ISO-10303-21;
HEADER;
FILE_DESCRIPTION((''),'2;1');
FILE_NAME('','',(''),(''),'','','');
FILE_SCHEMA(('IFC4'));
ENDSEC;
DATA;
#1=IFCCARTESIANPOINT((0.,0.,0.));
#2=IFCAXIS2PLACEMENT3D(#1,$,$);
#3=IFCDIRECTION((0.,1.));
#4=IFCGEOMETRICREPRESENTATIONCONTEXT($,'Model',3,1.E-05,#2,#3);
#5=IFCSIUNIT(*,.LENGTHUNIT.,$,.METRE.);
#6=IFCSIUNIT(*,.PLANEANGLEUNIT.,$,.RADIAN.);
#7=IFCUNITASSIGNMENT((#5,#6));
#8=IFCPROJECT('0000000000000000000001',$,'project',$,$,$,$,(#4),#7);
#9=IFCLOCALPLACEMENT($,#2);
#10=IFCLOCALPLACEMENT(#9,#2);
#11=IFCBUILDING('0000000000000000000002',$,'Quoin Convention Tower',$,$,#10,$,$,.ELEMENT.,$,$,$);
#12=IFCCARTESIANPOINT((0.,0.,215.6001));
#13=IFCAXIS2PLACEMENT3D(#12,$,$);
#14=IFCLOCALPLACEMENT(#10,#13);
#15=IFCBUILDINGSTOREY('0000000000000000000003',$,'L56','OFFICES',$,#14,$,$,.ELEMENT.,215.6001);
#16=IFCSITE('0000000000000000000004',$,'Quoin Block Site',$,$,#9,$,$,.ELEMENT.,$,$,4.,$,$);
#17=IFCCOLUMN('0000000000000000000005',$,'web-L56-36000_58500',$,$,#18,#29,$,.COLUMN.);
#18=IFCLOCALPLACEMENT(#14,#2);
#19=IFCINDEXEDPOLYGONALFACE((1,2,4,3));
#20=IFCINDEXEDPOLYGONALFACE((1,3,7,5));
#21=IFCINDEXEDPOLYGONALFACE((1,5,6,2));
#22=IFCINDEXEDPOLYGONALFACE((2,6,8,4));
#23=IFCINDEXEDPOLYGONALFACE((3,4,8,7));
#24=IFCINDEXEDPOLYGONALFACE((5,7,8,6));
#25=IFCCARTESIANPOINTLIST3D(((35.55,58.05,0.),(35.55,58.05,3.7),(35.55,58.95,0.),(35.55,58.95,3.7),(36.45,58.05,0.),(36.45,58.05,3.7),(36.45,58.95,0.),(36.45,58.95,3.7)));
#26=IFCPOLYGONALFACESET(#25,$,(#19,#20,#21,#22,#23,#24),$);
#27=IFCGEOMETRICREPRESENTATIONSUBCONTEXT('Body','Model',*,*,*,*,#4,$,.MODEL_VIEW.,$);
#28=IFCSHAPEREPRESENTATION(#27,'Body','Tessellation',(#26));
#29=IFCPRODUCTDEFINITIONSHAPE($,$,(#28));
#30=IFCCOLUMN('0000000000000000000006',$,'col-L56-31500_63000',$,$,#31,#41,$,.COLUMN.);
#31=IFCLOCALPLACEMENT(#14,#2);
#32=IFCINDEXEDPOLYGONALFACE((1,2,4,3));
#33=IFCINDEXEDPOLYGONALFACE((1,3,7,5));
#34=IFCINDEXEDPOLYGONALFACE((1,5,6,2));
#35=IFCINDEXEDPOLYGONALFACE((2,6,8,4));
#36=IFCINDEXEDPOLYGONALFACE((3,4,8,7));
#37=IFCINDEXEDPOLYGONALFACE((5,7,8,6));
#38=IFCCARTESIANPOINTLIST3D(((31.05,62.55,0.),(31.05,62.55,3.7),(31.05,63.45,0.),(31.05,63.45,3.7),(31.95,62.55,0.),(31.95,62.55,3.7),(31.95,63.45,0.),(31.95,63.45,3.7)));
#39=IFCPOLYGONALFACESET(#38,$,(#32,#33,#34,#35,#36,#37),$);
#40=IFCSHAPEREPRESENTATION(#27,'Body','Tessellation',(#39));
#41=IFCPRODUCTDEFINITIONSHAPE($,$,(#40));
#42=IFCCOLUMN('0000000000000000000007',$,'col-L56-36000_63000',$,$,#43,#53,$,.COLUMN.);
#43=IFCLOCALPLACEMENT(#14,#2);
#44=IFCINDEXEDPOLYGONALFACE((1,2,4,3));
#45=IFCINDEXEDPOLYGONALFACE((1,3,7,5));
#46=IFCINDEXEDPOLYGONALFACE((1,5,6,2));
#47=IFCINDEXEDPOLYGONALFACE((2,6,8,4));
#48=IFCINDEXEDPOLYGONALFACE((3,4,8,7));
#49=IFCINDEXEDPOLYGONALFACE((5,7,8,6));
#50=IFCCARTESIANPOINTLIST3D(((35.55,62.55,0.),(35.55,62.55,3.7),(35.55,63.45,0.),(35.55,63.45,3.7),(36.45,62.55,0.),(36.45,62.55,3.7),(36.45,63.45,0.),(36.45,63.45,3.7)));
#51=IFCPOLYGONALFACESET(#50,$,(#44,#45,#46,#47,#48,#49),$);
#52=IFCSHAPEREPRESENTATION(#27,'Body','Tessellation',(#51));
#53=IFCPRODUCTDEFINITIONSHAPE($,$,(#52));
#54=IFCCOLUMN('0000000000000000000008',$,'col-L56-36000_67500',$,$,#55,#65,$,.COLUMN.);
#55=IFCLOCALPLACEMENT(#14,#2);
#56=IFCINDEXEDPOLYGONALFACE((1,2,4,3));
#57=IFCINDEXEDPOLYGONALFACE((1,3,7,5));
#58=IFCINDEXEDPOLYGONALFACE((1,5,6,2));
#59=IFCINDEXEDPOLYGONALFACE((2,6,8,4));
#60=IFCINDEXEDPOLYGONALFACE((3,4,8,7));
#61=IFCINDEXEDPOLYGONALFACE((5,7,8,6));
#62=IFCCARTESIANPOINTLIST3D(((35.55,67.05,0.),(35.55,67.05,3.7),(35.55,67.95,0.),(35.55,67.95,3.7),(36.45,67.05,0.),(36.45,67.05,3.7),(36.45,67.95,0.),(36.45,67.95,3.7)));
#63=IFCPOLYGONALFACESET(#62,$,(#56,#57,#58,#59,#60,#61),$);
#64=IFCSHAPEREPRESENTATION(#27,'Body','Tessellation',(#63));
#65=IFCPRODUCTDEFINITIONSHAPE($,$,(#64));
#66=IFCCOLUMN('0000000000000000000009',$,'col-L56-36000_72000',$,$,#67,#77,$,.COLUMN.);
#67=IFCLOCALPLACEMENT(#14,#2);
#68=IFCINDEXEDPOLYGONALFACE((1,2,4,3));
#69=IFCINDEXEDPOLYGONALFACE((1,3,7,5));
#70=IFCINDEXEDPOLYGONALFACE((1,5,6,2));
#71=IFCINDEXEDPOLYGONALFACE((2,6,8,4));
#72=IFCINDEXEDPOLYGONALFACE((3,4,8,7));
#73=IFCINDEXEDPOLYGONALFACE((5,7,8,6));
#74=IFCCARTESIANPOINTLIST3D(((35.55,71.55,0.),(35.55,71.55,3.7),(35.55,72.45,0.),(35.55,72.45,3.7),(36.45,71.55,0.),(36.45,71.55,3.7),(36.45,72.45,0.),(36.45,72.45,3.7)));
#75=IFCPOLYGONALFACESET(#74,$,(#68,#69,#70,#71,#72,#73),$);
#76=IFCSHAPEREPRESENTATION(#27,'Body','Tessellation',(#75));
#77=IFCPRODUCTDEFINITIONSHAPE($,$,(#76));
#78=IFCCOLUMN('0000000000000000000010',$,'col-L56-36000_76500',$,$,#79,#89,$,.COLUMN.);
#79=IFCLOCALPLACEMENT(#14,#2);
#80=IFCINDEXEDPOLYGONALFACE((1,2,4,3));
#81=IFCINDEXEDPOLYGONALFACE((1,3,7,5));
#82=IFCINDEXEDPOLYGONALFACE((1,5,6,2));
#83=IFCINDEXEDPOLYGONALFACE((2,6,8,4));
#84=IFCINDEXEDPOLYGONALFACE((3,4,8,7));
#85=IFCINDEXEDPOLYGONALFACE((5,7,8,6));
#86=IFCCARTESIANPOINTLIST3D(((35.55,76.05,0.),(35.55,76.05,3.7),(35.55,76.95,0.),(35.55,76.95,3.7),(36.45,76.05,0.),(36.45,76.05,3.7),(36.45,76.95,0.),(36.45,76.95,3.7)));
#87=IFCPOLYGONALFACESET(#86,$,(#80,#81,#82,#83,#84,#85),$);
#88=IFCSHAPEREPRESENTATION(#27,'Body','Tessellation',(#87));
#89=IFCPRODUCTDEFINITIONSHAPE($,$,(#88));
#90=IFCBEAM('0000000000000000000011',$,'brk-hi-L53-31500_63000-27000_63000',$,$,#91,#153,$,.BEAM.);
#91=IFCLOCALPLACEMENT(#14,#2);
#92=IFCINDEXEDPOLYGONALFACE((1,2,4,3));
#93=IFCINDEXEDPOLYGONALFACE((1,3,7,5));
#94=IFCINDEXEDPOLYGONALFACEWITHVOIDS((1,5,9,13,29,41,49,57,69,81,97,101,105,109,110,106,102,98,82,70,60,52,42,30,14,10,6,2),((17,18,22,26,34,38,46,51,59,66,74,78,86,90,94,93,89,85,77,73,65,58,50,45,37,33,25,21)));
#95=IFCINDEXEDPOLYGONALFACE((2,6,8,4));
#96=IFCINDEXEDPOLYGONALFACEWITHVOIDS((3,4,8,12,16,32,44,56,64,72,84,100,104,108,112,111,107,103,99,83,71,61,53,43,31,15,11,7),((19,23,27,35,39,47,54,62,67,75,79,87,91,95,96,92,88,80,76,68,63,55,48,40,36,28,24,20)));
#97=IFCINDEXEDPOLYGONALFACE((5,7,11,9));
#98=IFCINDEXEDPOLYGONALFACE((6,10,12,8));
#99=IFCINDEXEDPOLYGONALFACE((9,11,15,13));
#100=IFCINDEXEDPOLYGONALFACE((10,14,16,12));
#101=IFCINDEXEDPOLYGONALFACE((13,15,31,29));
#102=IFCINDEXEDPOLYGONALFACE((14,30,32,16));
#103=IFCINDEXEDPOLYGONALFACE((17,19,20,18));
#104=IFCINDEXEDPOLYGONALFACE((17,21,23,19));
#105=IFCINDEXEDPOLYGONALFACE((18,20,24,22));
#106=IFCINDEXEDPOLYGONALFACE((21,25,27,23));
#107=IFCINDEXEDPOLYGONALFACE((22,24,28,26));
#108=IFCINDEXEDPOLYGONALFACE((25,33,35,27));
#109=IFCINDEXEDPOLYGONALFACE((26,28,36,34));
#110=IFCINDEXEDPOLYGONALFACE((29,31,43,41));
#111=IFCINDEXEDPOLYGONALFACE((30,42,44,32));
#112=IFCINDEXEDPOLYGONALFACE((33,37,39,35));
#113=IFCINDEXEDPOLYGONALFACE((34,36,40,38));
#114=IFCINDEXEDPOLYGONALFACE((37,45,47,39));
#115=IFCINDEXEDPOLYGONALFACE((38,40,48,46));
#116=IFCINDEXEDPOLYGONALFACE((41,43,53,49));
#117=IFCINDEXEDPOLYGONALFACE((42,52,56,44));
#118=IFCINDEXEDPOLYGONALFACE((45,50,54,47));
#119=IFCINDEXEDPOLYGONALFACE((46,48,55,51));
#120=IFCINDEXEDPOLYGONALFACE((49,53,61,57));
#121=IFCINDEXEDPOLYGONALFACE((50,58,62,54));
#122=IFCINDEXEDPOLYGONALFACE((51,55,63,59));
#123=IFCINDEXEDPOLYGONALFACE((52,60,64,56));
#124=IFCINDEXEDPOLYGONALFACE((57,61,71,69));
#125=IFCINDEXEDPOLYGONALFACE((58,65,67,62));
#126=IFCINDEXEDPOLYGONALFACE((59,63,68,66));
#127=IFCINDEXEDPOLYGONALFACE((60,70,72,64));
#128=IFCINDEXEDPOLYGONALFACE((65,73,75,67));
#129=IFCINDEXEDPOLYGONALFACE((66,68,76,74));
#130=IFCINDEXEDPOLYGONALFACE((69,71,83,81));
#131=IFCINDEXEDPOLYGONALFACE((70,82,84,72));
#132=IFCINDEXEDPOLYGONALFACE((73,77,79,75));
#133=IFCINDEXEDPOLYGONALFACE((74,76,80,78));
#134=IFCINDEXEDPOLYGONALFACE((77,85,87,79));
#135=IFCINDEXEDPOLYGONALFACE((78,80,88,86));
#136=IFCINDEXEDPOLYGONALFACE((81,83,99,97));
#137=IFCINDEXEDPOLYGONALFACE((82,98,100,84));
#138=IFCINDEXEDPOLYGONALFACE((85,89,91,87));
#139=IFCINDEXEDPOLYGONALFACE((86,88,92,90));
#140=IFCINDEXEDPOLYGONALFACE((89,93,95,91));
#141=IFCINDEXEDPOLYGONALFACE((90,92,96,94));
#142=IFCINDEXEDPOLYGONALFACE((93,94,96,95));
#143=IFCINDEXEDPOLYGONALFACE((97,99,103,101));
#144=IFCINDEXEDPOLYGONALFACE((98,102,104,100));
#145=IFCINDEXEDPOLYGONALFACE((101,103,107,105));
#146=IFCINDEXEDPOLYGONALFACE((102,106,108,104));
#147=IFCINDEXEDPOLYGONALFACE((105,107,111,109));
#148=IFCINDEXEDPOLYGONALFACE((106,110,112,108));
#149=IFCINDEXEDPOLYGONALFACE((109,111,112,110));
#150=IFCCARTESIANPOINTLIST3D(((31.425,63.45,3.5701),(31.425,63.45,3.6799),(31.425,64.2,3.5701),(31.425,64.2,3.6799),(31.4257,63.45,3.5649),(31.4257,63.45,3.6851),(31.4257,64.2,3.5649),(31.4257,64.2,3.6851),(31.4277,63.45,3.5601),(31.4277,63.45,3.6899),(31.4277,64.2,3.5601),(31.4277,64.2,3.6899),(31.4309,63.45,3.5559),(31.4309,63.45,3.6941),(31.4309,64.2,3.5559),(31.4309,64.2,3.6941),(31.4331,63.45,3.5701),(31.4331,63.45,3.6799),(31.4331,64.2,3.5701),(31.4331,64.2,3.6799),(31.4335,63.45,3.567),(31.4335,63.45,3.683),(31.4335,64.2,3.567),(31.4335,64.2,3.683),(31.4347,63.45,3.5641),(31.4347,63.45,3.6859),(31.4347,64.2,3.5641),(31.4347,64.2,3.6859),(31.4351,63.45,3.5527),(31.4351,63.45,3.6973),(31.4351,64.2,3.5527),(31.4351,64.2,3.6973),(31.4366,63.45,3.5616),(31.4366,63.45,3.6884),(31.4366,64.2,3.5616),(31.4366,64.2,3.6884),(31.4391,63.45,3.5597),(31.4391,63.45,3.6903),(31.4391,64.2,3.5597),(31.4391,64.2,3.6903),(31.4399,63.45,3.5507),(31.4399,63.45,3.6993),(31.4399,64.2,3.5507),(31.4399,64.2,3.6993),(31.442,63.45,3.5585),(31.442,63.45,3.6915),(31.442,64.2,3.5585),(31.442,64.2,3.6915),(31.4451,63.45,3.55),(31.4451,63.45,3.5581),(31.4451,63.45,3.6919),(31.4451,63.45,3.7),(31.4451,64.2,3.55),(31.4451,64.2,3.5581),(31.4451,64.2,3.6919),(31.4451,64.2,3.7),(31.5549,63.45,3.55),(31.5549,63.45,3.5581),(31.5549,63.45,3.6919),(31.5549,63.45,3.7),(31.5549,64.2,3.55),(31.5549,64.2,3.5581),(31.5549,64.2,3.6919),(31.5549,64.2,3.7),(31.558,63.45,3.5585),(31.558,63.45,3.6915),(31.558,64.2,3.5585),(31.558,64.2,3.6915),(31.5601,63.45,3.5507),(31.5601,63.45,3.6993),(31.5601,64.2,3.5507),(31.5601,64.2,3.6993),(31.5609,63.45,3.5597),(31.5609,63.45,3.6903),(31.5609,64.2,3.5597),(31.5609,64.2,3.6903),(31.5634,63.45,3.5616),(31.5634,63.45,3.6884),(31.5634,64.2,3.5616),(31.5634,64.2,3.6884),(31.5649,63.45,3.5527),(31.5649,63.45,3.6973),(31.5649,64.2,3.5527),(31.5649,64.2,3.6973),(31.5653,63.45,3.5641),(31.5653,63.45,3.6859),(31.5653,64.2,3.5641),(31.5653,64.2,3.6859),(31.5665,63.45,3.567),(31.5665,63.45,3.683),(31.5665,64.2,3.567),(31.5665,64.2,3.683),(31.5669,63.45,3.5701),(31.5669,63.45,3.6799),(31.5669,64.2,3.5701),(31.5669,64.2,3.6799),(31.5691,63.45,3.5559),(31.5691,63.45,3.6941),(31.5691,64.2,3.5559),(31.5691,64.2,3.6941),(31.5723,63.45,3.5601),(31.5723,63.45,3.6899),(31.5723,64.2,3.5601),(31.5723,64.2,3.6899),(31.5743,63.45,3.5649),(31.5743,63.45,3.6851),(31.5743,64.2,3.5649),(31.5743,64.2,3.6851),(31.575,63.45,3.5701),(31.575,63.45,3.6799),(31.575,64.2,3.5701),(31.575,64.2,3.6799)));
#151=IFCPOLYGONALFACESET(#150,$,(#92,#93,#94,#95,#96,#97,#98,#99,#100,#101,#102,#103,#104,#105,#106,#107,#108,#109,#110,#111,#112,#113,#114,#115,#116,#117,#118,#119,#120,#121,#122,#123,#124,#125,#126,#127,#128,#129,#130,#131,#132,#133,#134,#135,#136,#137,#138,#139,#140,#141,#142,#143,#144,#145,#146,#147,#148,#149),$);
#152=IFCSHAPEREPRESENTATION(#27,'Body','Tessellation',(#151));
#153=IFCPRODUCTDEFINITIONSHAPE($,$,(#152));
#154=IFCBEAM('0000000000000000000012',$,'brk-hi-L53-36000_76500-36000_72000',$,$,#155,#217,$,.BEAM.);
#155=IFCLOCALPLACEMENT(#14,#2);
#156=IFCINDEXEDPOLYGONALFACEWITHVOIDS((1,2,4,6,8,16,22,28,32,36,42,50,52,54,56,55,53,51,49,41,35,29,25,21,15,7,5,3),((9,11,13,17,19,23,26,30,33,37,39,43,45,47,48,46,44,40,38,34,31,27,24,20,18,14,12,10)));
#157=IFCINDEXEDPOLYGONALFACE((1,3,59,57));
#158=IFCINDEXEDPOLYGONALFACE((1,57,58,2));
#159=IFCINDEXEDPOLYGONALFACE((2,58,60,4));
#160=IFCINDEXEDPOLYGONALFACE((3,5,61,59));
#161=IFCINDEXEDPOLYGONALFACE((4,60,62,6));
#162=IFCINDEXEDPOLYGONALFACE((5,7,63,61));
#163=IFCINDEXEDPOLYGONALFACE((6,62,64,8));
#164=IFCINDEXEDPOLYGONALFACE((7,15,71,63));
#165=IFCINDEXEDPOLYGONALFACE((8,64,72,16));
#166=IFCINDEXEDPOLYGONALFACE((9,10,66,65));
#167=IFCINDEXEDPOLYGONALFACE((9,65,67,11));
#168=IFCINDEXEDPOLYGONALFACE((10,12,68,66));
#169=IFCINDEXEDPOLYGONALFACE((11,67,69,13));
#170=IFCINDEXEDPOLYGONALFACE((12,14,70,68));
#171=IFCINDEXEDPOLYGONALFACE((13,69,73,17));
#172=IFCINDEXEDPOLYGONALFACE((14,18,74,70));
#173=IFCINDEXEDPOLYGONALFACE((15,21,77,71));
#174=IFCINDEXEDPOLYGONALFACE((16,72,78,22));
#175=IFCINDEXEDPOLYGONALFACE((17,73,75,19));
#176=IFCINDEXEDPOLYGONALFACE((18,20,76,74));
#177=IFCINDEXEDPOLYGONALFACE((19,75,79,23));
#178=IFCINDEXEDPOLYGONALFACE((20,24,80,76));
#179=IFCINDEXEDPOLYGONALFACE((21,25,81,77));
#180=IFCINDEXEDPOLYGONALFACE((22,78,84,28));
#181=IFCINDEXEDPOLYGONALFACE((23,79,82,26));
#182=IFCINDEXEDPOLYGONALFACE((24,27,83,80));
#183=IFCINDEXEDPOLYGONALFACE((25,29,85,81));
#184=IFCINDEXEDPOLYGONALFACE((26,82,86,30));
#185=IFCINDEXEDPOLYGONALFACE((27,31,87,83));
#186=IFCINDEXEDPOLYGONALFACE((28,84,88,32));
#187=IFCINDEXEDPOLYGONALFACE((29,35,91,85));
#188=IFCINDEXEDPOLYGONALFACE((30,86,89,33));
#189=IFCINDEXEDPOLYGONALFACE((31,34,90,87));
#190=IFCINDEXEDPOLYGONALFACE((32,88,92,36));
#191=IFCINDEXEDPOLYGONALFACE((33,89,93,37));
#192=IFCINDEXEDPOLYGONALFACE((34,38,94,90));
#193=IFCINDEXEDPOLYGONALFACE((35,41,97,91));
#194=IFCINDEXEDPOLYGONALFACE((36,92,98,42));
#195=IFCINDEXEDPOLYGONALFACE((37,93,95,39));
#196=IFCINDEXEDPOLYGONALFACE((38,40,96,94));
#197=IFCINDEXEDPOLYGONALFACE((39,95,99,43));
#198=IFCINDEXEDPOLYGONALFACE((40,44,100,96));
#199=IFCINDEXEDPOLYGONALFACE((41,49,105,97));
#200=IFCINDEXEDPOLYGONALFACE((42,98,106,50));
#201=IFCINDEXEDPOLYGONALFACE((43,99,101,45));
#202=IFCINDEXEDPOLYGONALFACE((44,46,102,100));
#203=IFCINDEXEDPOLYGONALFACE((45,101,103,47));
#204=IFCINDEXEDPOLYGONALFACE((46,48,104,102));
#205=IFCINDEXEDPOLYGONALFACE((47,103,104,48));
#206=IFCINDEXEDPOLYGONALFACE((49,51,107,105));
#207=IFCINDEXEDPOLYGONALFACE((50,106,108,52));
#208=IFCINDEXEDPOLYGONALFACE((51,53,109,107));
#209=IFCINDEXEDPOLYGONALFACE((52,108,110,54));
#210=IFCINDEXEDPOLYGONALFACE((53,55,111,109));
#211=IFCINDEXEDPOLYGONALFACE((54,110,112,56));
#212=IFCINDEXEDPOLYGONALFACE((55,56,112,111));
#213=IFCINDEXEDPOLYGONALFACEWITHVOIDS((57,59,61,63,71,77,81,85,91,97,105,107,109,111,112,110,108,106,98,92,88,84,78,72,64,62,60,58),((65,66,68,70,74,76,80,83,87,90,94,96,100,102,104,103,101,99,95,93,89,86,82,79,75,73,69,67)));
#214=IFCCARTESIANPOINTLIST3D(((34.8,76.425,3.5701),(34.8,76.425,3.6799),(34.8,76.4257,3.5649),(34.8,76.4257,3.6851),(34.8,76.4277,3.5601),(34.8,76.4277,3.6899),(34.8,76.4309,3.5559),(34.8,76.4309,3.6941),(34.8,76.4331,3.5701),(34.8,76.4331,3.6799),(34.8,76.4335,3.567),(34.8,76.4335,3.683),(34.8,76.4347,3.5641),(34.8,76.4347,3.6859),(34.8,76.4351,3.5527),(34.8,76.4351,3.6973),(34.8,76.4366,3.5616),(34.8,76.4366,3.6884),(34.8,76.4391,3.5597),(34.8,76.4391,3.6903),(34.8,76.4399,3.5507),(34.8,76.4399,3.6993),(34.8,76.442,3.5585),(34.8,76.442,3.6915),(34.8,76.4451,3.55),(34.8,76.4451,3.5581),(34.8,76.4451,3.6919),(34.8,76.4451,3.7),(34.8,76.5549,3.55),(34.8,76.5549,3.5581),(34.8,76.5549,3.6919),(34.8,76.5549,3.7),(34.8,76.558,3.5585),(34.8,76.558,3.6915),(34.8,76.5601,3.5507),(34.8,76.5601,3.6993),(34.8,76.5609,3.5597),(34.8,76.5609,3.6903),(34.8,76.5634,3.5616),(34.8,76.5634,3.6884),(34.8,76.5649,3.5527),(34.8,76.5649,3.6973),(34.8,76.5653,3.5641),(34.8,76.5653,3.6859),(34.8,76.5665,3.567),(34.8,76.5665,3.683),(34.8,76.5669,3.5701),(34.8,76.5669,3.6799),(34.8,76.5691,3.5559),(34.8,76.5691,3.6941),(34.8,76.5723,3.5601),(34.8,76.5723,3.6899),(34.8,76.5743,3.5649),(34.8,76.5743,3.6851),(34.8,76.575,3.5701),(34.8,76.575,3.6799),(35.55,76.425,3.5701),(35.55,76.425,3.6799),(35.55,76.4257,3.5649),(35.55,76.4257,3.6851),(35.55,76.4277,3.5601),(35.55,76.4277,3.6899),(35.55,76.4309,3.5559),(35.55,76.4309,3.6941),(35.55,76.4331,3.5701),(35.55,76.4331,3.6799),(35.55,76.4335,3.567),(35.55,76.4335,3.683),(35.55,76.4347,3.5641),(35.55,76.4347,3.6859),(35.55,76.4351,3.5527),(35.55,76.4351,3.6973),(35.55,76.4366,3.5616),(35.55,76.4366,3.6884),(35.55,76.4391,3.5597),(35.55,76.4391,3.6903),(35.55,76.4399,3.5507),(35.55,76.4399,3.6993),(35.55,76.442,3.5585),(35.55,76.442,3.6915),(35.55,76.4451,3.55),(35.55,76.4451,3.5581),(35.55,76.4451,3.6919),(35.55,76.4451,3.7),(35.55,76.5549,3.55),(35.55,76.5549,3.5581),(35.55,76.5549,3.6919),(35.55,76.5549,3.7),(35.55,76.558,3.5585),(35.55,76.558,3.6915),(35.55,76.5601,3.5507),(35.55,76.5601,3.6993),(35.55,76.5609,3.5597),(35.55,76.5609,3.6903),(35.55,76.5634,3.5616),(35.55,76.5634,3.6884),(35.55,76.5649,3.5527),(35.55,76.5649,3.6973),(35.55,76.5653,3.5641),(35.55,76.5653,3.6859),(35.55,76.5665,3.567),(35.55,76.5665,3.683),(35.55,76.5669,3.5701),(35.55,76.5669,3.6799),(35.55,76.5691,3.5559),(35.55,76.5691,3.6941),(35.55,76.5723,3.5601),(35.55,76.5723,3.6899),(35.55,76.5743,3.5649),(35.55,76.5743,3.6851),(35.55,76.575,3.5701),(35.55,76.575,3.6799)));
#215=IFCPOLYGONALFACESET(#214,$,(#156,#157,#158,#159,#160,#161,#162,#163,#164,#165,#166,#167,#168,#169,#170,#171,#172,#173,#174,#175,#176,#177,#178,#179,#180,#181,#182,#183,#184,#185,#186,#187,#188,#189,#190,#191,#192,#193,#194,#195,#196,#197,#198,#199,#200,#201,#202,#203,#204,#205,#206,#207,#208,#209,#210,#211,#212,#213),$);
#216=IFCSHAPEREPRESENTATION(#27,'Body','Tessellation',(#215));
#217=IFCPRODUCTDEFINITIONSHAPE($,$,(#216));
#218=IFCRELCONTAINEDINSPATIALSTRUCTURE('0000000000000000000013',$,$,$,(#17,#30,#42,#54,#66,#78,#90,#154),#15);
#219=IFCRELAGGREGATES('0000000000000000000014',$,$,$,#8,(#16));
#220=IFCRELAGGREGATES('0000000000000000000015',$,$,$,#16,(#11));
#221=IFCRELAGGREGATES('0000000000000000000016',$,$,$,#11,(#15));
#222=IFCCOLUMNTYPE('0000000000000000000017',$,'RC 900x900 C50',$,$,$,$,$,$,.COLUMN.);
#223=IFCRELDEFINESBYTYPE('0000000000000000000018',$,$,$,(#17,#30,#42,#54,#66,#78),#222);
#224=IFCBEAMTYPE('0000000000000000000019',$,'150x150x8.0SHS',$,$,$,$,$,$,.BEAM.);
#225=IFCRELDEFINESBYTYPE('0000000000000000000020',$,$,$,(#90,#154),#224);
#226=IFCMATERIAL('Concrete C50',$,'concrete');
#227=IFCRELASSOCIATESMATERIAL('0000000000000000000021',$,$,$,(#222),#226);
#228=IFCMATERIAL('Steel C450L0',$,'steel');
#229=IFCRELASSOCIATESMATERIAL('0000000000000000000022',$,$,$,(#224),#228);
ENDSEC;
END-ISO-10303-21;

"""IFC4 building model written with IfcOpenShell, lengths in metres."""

from ifc_helpers import new_model, si_unit, direction, frame, origin, origin_2d, place, context, subcontext, project, spatial, rectangle, hollow_rectangle, extrude, material, material_profile, profile_set, type_object, element, save


model = new_model("IFC4")

# Units and contexts
model_context = context("Model", 3, precision=1e-05, world=origin(), true_north=direction((0.0, 1.0)))
body_context = subcontext(model_context, "Body", "Model", "MODEL_VIEW")
ifc_project = project(units=[si_unit("LENGTHUNIT", "METRE"), si_unit("PLANEANGLEUNIT", "RADIAN")], contexts=[model_context])

# Site, building, storey
site_placement = place(None, origin())
site = spatial("IfcSite", under=ifc_project, at=site_placement, Name="Quoin Block Site", CompositionType="ELEMENT", RefElevation=4.0)
building_placement = place(site_placement, origin())
building = spatial("IfcBuilding", under=site, at=building_placement, Name="Quoin Convention Tower", CompositionType="ELEMENT")
storey_placement = place(building_placement, frame((0.0, 0.0, 215.6001)))
storey = spatial("IfcBuildingStorey", under=building, at=storey_placement, Name="L56", Description="OFFICES", CompositionType="ELEMENT", Elevation=215.6001)

# Columns
ifc_material_1 = material(Name="Concrete C50", Category="concrete")
ifc_material_profile_1 = material_profile(ifc_material_1, rectangle(XDim=0.8999, YDim=0.8999, at=origin_2d()), Name="RC 900x900")
ifc_profile_set_1 = profile_set([ifc_material_profile_1], Name="Concrete C50")
column_type = type_object("IfcColumnType", Name="RC 900x900 C50", PredefinedType="COLUMN", material=ifc_profile_set_1)
for number, where, z_axis, x_axis, name in (
    (1, (36.0, 58.5, 0.0), (0.0, 0.0, 1.0), (1.0, 0.0, 0.0), "web-L56-36000_58500"),
    (2, (31.5, 63.0, 0.0), (0.0, 0.0, 1.0), (1.0, 0.0, 0.0), "col-L56-31500_63000"),
    (3, (36.0, 63.0, 0.0), (0.0, 0.0, 1.0), (1.0, 0.0, 0.0), "col-L56-36000_63000"),
    (4, (36.0, 67.5, 0.0), (0.0, 0.0, 1.0), (1.0, 0.0, 0.0), "col-L56-36000_67500"),
    (5, (36.0, 72.0, 0.0), (0.0, 0.0, 1.0), (1.0, 0.0, 0.0), "col-L56-36000_72000"),
    (6, (36.0, 76.5, 0.0), (0.0, 0.0, 1.0), (1.0, 0.0, 0.0), "col-L56-36000_76500"),
):
    element("IfcColumn", number, at=place(storey_placement, frame(where, z_axis=z_axis, x_axis=x_axis)), inside=storey, type_object=column_type, Name=name, PredefinedType="COLUMN", context=body_context, shape_type="SweptSolid", body=[
        extrude(rectangle(XDim=0.8999, YDim=0.8999, at=origin_2d()), origin(), (0.0, 0.0, 1.0), 3.7),
    ])

# Beams
ifc_material_2 = material(Name="Steel C450L0", Category="steel")
ifc_material_profile_2 = material_profile(ifc_material_2, hollow_rectangle(XDim=0.1499, YDim=0.1499, WallThickness=0.0081, InnerFilletRadius=0.012, OuterFilletRadius=0.02, at=origin_2d()), Name="150x150x8.0SHS")
ifc_profile_set_2 = profile_set([ifc_material_profile_2], Name="Steel C450L0")
beam_type_1 = type_object("IfcBeamType", Name="150x150x8.0SHS", PredefinedType="BEAM", material=ifc_profile_set_2)
for number, where, z_axis, x_axis, name in (
    (7, (31.5, 63.45, 3.625), (0.0, 1.0, 0.0), (-1.0, 0.0, 0.0), "brk-hi-L53-31500_63000-27000_63000"),
    (8, (35.55, 76.5, 3.625), (-1.0, 0.0, 0.0), (0.0, -1.0, 0.0), "brk-hi-L53-36000_76500-36000_72000"),
):
    element("IfcBeam", number, at=place(storey_placement, frame(where, z_axis=z_axis, x_axis=x_axis)), inside=storey, type_object=beam_type_1, Name=name, PredefinedType="BEAM", context=body_context, shape_type="SweptSolid", body=[
        extrude(hollow_rectangle(XDim=0.1499, YDim=0.1499, WallThickness=0.0081, InnerFilletRadius=0.012, OuterFilletRadius=0.02, at=origin_2d()), origin(), (0.0, 0.0, 1.0), 0.75),
    ])

save(model, "model.ifc")
